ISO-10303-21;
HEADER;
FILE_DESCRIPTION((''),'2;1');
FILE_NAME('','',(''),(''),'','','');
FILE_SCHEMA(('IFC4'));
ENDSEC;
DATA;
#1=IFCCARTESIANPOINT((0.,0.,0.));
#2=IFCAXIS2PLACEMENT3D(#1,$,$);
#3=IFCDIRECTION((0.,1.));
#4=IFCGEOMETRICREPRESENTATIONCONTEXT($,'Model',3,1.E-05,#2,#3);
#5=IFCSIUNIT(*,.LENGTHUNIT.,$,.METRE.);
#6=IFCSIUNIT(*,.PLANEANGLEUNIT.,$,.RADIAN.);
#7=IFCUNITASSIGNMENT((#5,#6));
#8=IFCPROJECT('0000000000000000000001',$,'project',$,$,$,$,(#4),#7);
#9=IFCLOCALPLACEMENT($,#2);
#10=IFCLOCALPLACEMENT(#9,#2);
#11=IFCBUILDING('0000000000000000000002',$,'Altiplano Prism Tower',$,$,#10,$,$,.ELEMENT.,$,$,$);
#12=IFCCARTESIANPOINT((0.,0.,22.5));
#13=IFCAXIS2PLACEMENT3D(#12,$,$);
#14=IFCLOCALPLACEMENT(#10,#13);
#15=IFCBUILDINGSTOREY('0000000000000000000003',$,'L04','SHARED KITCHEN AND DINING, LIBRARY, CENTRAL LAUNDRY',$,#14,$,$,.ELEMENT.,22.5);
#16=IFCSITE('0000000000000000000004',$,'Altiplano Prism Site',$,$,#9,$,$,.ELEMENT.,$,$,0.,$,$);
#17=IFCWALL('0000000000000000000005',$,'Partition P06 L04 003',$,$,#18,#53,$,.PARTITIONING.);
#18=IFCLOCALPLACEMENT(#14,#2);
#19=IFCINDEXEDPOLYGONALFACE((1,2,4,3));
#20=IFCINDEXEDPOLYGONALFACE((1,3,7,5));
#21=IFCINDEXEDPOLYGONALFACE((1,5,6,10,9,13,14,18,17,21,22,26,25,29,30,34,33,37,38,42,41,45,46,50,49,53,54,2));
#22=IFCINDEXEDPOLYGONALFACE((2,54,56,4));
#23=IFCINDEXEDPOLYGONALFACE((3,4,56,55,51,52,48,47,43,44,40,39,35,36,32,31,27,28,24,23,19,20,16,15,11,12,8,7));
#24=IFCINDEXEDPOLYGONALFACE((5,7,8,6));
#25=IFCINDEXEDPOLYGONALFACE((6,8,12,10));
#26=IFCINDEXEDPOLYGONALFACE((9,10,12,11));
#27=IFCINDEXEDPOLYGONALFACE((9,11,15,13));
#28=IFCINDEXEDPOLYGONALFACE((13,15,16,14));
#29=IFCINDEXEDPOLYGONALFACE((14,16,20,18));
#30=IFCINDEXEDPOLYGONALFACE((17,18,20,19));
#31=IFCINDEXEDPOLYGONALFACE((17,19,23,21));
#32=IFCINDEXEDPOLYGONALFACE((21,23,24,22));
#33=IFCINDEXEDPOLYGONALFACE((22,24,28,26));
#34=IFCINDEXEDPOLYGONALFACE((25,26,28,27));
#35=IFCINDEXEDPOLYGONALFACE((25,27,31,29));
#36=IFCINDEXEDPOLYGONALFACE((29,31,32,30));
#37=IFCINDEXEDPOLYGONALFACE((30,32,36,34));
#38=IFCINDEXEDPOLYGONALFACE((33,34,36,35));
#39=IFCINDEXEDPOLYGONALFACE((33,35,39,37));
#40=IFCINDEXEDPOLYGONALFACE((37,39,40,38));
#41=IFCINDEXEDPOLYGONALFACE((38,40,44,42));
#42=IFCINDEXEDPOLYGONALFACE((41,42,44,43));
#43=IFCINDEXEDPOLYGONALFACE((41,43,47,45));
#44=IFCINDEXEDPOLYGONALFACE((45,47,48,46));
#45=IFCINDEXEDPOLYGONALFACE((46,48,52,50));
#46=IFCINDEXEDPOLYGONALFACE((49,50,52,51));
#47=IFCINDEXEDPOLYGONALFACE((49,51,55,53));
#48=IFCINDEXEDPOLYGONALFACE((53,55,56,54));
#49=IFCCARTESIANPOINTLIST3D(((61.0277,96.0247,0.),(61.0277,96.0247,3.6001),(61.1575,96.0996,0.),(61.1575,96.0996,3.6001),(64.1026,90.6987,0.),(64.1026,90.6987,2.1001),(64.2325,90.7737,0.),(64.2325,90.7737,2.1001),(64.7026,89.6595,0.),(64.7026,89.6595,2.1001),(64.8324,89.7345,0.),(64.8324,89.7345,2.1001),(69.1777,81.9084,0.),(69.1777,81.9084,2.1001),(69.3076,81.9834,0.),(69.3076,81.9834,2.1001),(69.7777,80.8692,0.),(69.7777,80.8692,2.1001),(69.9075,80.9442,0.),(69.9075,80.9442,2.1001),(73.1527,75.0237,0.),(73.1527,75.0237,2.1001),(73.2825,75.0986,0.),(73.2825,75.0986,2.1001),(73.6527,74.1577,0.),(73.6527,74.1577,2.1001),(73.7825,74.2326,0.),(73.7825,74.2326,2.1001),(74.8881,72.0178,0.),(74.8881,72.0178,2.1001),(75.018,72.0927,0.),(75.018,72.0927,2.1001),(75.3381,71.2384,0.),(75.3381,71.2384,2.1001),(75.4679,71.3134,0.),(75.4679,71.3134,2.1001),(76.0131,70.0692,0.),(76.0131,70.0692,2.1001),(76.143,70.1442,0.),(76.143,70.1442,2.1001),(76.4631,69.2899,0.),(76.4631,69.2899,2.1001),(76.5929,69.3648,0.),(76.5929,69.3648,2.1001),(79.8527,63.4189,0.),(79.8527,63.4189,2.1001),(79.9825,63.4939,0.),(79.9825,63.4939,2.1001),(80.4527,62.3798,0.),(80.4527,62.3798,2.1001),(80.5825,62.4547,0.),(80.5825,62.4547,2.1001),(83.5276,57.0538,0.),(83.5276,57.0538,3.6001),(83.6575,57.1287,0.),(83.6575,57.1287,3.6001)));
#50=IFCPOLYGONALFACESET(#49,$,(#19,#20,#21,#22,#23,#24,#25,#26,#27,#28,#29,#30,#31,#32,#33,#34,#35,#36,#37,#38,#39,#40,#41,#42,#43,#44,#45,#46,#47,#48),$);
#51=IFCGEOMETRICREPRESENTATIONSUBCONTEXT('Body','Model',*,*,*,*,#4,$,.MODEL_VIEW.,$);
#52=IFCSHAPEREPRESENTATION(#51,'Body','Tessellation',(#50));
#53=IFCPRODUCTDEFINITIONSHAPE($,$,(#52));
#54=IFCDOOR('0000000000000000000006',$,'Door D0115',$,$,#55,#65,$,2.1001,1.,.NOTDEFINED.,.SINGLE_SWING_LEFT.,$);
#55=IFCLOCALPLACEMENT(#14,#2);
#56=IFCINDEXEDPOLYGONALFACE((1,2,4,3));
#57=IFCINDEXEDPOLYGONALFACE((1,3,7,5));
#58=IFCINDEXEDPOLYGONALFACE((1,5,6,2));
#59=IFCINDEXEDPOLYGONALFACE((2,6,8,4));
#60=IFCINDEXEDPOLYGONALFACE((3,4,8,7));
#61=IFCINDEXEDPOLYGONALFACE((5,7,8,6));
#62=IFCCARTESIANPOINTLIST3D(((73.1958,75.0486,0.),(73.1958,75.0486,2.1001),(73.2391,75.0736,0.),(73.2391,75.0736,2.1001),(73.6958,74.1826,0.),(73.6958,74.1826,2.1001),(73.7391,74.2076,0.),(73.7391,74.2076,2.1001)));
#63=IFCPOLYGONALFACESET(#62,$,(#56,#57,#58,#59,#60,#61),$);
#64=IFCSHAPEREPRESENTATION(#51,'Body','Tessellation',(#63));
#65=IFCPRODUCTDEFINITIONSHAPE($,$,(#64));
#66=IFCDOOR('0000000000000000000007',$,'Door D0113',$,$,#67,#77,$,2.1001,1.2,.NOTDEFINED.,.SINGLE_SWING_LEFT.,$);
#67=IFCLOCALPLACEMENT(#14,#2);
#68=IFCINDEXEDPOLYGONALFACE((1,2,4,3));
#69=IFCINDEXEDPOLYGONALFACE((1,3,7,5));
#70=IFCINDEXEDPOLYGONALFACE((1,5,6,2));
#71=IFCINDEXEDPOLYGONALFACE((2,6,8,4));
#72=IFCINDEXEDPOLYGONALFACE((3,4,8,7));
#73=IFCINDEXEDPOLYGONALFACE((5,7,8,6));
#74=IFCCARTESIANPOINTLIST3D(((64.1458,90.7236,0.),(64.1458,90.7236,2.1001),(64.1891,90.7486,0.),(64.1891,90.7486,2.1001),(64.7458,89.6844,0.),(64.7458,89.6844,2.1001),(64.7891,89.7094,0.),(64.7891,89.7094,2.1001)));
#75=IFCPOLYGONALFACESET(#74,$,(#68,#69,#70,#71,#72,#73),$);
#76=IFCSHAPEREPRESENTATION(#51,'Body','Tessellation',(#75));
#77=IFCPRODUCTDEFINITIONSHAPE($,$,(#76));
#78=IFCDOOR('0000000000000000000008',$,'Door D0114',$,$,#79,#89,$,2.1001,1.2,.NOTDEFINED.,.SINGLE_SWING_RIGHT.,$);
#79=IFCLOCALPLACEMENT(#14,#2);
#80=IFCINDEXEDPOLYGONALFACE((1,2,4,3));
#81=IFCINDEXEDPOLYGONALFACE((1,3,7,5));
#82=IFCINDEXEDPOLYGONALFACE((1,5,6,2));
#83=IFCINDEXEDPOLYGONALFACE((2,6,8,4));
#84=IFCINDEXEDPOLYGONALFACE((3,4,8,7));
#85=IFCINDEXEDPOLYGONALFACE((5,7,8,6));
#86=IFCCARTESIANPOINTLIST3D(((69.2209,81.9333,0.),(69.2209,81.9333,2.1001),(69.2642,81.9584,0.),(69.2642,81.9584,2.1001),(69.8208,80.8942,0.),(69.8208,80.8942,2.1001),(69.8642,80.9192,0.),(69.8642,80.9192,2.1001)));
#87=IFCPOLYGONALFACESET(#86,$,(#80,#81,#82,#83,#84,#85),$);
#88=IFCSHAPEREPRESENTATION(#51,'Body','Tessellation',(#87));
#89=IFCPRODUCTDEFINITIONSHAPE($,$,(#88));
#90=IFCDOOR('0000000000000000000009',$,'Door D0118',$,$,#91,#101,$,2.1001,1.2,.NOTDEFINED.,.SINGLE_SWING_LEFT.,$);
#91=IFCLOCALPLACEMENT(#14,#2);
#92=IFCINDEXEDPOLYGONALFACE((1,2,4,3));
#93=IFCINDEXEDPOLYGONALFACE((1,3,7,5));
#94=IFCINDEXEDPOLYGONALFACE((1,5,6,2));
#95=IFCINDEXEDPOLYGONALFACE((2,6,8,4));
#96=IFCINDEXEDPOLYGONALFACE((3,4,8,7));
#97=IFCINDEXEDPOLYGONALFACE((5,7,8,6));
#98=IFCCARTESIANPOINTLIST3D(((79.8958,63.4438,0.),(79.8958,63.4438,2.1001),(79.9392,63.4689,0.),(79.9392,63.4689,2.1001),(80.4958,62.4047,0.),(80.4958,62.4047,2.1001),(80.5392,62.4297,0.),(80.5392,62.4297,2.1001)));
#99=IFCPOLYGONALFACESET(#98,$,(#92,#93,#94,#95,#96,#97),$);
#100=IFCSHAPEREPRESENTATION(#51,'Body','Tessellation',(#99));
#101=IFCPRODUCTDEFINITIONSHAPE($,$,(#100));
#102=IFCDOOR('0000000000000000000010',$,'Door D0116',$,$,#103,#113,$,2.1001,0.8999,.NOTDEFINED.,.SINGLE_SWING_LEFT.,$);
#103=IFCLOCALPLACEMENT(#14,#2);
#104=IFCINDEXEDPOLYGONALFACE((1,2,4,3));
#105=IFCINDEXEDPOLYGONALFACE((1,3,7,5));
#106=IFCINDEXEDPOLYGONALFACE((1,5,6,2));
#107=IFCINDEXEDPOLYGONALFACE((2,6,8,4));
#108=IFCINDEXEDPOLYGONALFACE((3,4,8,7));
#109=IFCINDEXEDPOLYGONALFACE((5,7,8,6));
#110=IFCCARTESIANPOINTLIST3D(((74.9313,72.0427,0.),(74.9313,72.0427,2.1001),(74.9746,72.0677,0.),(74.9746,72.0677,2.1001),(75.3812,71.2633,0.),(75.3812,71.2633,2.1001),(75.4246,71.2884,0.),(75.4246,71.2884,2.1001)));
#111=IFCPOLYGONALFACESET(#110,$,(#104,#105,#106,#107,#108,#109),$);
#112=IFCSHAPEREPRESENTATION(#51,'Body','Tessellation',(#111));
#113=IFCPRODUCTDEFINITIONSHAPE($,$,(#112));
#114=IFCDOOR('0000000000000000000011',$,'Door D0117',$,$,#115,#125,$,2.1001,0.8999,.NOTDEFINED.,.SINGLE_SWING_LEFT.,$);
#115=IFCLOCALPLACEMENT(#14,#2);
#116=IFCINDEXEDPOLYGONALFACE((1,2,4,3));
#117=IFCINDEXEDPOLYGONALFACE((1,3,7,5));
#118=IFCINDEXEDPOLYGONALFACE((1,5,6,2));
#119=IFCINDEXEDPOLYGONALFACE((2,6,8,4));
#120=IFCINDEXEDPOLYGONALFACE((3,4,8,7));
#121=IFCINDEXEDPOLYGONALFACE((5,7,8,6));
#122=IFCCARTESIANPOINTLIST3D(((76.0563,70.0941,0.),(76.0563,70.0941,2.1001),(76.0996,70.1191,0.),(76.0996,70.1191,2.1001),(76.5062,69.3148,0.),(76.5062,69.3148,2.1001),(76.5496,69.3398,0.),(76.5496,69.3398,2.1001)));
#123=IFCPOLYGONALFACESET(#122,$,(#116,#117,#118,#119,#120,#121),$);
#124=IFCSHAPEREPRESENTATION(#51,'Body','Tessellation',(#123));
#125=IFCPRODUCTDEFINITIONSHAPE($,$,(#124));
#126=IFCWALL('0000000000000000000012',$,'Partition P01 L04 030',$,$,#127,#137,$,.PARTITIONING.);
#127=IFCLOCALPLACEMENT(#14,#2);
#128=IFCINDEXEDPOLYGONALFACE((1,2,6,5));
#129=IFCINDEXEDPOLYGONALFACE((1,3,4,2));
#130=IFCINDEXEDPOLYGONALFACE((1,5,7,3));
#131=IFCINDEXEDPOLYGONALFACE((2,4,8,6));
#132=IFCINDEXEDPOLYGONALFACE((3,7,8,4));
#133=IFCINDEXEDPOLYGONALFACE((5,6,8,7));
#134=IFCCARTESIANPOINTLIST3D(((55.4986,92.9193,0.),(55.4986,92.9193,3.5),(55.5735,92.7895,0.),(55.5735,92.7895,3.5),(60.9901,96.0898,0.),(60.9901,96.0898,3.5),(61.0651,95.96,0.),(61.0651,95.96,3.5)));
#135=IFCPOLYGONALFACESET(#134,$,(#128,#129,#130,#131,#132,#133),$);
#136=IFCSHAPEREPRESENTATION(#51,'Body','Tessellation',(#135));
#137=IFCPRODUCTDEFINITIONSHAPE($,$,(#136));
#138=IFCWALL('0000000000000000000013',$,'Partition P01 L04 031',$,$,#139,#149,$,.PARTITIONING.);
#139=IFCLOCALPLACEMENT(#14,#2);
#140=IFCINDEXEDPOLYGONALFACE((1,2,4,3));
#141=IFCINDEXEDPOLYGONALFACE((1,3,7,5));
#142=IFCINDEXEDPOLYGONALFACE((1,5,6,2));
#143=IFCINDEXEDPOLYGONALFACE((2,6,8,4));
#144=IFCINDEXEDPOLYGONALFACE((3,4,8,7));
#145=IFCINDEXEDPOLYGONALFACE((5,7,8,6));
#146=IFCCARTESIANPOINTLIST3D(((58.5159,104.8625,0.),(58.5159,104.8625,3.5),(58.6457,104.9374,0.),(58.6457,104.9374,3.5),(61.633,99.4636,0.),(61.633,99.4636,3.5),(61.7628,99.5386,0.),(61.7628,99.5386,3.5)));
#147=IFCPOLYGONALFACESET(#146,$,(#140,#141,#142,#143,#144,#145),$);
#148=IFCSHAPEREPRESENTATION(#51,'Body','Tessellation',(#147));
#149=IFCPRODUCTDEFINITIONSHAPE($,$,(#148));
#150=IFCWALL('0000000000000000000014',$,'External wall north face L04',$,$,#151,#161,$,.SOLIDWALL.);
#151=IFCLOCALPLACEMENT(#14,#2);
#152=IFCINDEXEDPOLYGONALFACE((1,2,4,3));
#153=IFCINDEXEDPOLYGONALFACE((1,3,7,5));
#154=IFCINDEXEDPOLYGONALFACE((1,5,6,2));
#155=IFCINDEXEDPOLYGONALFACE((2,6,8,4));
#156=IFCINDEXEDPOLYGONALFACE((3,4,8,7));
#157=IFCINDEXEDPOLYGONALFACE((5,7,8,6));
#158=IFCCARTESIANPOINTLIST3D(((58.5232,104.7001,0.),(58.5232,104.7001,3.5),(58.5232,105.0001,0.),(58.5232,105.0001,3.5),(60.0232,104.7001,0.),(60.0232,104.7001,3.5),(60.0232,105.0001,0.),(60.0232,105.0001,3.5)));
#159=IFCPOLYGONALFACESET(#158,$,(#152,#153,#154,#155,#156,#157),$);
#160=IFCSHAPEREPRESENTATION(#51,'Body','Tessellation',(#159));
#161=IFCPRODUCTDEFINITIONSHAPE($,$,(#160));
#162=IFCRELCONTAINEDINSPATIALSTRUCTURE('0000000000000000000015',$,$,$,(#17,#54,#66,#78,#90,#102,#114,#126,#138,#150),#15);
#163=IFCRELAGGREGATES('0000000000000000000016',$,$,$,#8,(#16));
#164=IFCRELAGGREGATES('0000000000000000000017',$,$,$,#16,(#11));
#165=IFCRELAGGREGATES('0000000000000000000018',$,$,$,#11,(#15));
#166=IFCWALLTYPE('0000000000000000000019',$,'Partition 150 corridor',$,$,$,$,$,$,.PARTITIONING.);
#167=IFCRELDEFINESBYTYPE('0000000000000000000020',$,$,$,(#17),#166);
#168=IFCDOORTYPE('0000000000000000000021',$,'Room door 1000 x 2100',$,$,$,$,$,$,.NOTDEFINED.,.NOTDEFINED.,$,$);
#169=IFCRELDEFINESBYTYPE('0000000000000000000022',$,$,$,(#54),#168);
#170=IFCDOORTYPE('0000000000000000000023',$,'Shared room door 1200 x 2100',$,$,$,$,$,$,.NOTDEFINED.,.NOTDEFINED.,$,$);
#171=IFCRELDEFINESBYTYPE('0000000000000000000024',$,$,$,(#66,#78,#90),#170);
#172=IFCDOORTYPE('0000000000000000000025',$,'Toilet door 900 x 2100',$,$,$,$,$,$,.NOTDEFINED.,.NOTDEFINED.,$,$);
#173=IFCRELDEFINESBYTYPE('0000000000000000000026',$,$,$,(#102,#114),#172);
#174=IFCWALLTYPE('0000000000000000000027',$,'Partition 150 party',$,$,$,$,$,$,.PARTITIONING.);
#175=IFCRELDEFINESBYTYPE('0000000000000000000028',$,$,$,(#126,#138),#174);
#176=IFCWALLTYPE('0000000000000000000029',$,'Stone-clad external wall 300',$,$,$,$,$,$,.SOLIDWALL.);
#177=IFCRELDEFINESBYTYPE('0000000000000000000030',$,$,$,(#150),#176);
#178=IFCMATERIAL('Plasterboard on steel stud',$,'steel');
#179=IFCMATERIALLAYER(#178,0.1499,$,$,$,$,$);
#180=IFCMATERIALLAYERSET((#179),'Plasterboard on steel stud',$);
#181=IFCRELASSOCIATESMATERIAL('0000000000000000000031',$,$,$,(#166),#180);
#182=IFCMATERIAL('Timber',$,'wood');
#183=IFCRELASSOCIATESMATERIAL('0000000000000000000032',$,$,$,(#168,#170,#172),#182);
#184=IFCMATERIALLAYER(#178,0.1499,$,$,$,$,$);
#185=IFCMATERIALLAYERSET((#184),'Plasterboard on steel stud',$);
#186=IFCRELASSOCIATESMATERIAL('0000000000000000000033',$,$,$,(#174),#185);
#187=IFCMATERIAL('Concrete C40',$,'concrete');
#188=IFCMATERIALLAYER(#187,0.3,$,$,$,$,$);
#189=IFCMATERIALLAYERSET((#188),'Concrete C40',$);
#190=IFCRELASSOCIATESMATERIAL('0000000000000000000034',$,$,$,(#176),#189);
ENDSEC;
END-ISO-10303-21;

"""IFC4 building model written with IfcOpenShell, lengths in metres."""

from ifc_helpers import new_model, si_unit, direction, frame, frame_2d, origin, place, context, subcontext, project, spatial, rectangle, extrude, material, layer, layer_set, type_object, element, fill, save


model = new_model("IFC4")

# Units and contexts
model_context = context("Model", 3, precision=1e-05, world=origin(), true_north=direction((0.0, 1.0)))
body_context = subcontext(model_context, "Body", "Model", "MODEL_VIEW")
ifc_project = project(units=[si_unit("LENGTHUNIT", "METRE"), si_unit("PLANEANGLEUNIT", "RADIAN")], contexts=[model_context])

# Site, building, storey
site_placement = place(None, origin())
site = spatial("IfcSite", under=ifc_project, at=site_placement, Name="Altiplano Prism Site", CompositionType="ELEMENT", RefElevation=0.0)
building_placement = place(site_placement, origin())
building = spatial("IfcBuilding", under=site, at=building_placement, Name="Altiplano Prism Tower", CompositionType="ELEMENT")
storey_placement = place(building_placement, frame((0.0, 0.0, 22.5)))
storey = spatial("IfcBuildingStorey", under=building, at=storey_placement, Name="L04", Description="SHARED KITCHEN AND DINING, LIBRARY, CENTRAL LAUNDRY", CompositionType="ELEMENT", Elevation=22.5)

# Wall, openings, doors
ifc_material_1 = material(Name="Plasterboard on steel stud", Category="steel")
ifc_layer_1 = layer(ifc_material_1, 0.1499)
ifc_layer_set_1 = layer_set([ifc_layer_1], Name="Plasterboard on steel stud")
wall_type_1 = type_object("IfcWallType", Name="Partition 150 corridor", PredefinedType="PARTITIONING", material=ifc_layer_set_1)
wall_1_placement = place(storey_placement, frame((61.0925, 96.0623, 0.0), z_axis=(0.0, 0.0, 1.0), x_axis=(0.500002, -0.866024, 0.0)))
wall_1 = element("IfcWall", 1, at=wall_1_placement, inside=storey, type_object=wall_type_1, Name="Partition P06 L04 003", PredefinedType="PARTITIONING", context=body_context, shape_type="SweptSolid", body=[
    extrude(rectangle(XDim=44.9998, YDim=0.1499, at=frame_2d((22.5, 0.0))), origin(), (0.0, 0.0, 1.0), 3.6001),
])
opening_1_placement = place(wall_1_placement, frame((6.1499, 0.0, 0.0)))
opening_1 = element("IfcOpeningElement", 2, at=opening_1_placement, cuts=wall_1, PredefinedType="OPENING", context=body_context, shape_type="SweptSolid", body=[
    extrude(rectangle(XDim=1.2, YDim=2.1001, at=frame_2d((0.6001, 1.05))), frame((0.0, 0.0854, 0.0), z_axis=(0.0, -1.0, 0.0), x_axis=(1.0, 0.0, 0.0)), (0.0, 0.0, 1.0), 0.1709),
])
opening_2_placement = place(wall_1_placement, frame((16.3, 0.0, 0.0)))
opening_2 = element("IfcOpeningElement", 3, at=opening_2_placement, cuts=wall_1, PredefinedType="OPENING", context=body_context, shape_type="SweptSolid", body=[
    extrude(rectangle(XDim=1.2, YDim=2.1001, at=frame_2d((0.6001, 1.05))), frame((0.0, 0.0854, 0.0), z_axis=(0.0, -1.0, 0.0), x_axis=(1.0, 0.0, 0.0)), (0.0, 0.0, 1.0), 0.1709),
])
opening_3_placement = place(wall_1_placement, frame((24.25, 0.0, 0.0)))
opening_3 = element("IfcOpeningElement", 4, at=opening_3_placement, cuts=wall_1, PredefinedType="OPENING", context=body_context, shape_type="SweptSolid", body=[
    extrude(rectangle(XDim=1.0, YDim=2.1001, at=frame_2d((0.5, 1.05))), frame((0.0, 0.0854, 0.0), z_axis=(0.0, -1.0, 0.0), x_axis=(1.0, 0.0, 0.0)), (0.0, 0.0, 1.0), 0.1709),
])
opening_4_placement = place(wall_1_placement, frame((27.7209, 0.0, 0.0)))
opening_4 = element("IfcOpeningElement", 5, at=opening_4_placement, cuts=wall_1, PredefinedType="OPENING", context=body_context, shape_type="SweptSolid", body=[
    extrude(rectangle(XDim=0.8999, YDim=2.1001, at=frame_2d((0.45, 1.05))), frame((0.0, 0.0854, 0.0), z_axis=(0.0, -1.0, 0.0), x_axis=(1.0, 0.0, 0.0)), (0.0, 0.0, 1.0), 0.1709),
])
opening_5_placement = place(wall_1_placement, frame((29.9709, 0.0, 0.0)))
opening_5 = element("IfcOpeningElement", 6, at=opening_5_placement, cuts=wall_1, PredefinedType="OPENING", context=body_context, shape_type="SweptSolid", body=[
    extrude(rectangle(XDim=0.8999, YDim=2.1001, at=frame_2d((0.45, 1.05))), frame((0.0, 0.0854, 0.0), z_axis=(0.0, -1.0, 0.0), x_axis=(1.0, 0.0, 0.0)), (0.0, 0.0, 1.0), 0.1709),
])
opening_6_placement = place(wall_1_placement, frame((37.6499, 0.0, 0.0)))
opening_6 = element("IfcOpeningElement", 7, at=opening_6_placement, cuts=wall_1, PredefinedType="OPENING", context=body_context, shape_type="SweptSolid", body=[
    extrude(rectangle(XDim=1.2, YDim=2.1001, at=frame_2d((0.6001, 1.05))), frame((0.0, 0.0854, 0.0), z_axis=(0.0, -1.0, 0.0), x_axis=(1.0, 0.0, 0.0)), (0.0, 0.0, 1.0), 0.1709),
])
ifc_material_2 = material(Name="Timber", Category="wood")
door_type_1 = type_object("IfcDoorType", Name="Room door 1000 x 2100", OperationType="NOTDEFINED", PredefinedType="NOTDEFINED", material=ifc_material_2)
door_1_placement = place(opening_3_placement, origin())
door_1 = element("IfcDoor", 8, at=door_1_placement, inside=storey, type_object=door_type_1, Name="Door D0115", OperationType="SINGLE_SWING_LEFT", OverallHeight=2.1001, OverallWidth=1.0, PredefinedType="NOTDEFINED", context=body_context, shape_type="SweptSolid", body=[
    extrude(rectangle(XDim=1.0, YDim=2.1001, at=frame_2d((0.5, 1.05))), frame((0.0, 0.0249, 0.0), z_axis=(0.0, -1.0, 0.0), x_axis=(1.0, 0.0, 0.0)), (0.0, 0.0, 1.0), 0.05),
])
fill(opening_3, door_1)
door_type_2 = type_object("IfcDoorType", Name="Shared room door 1200 x 2100", OperationType="NOTDEFINED", PredefinedType="NOTDEFINED", material=ifc_material_2)
door_2_placement = place(opening_1_placement, origin())
door_2 = element("IfcDoor", 9, at=door_2_placement, inside=storey, type_object=door_type_2, Name="Door D0113", OperationType="SINGLE_SWING_LEFT", OverallHeight=2.1001, OverallWidth=1.2, PredefinedType="NOTDEFINED", context=body_context, shape_type="SweptSolid", body=[
    extrude(rectangle(XDim=1.2, YDim=2.1001, at=frame_2d((0.6001, 1.05))), frame((0.0, 0.0249, 0.0), z_axis=(0.0, -1.0, 0.0), x_axis=(1.0, 0.0, 0.0)), (0.0, 0.0, 1.0), 0.05),
])
fill(opening_1, door_2)
door_3_placement = place(opening_2_placement, origin())
door_3 = element("IfcDoor", 10, at=door_3_placement, inside=storey, type_object=door_type_2, Name="Door D0114", OperationType="SINGLE_SWING_RIGHT", OverallHeight=2.1001, OverallWidth=1.2, PredefinedType="NOTDEFINED", context=body_context, shape_type="SweptSolid", body=[
    extrude(rectangle(XDim=1.2, YDim=2.1001, at=frame_2d((0.6001, 1.05))), frame((0.0, 0.0249, 0.0), z_axis=(0.0, -1.0, 0.0), x_axis=(1.0, 0.0, 0.0)), (0.0, 0.0, 1.0), 0.05),
])
fill(opening_2, door_3)
door_4_placement = place(opening_6_placement, origin())
door_4 = element("IfcDoor", 11, at=door_4_placement, inside=storey, type_object=door_type_2, Name="Door D0118", OperationType="SINGLE_SWING_LEFT", OverallHeight=2.1001, OverallWidth=1.2, PredefinedType="NOTDEFINED", context=body_context, shape_type="SweptSolid", body=[
    extrude(rectangle(XDim=1.2, YDim=2.1001, at=frame_2d((0.6001, 1.05))), frame((0.0, 0.0249, 0.0), z_axis=(0.0, -1.0, 0.0), x_axis=(1.0, 0.0, 0.0)), (0.0, 0.0, 1.0), 0.05),
])
fill(opening_6, door_4)
door_type_3 = type_object("IfcDoorType", Name="Toilet door 900 x 2100", OperationType="NOTDEFINED", PredefinedType="NOTDEFINED", material=ifc_material_2)
door_5_placement = place(opening_4_placement, origin())
door_5 = element("IfcDoor", 12, at=door_5_placement, inside=storey, type_object=door_type_3, Name="Door D0116", OperationType="SINGLE_SWING_LEFT", OverallHeight=2.1001, OverallWidth=0.8999, PredefinedType="NOTDEFINED", context=body_context, shape_type="SweptSolid", body=[
    extrude(rectangle(XDim=0.8999, YDim=2.1001, at=frame_2d((0.45, 1.05))), frame((0.0, 0.0249, 0.0), z_axis=(0.0, -1.0, 0.0), x_axis=(1.0, 0.0, 0.0)), (0.0, 0.0, 1.0), 0.05),
])
fill(opening_4, door_5)
door_6_placement = place(opening_5_placement, origin())
door_6 = element("IfcDoor", 13, at=door_6_placement, inside=storey, type_object=door_type_3, Name="Door D0117", OperationType="SINGLE_SWING_LEFT", OverallHeight=2.1001, OverallWidth=0.8999, PredefinedType="NOTDEFINED", context=body_context, shape_type="SweptSolid", body=[
    extrude(rectangle(XDim=0.8999, YDim=2.1001, at=frame_2d((0.45, 1.05))), frame((0.0, 0.0249, 0.0), z_axis=(0.0, -1.0, 0.0), x_axis=(1.0, 0.0, 0.0)), (0.0, 0.0, 1.0), 0.05),
])
fill(opening_5, door_6)

# Walls
ifc_layer_2 = layer(ifc_material_1, 0.1499)
ifc_layer_set_2 = layer_set([ifc_layer_2], Name="Plasterboard on steel stud")
wall_type_2 = type_object("IfcWallType", Name="Partition 150 party", PredefinedType="PARTITIONING", material=ifc_layer_set_2)
wall_2_placement = place(storey_placement, frame((55.5361, 92.8545, 0.0), z_axis=(0.0, 0.0, 1.0), x_axis=(0.866031, 0.49999, 0.0)))
element("IfcWall", 14, at=wall_2_placement, inside=storey, type_object=wall_type_2, Name="Partition P01 L04 030", PredefinedType="PARTITIONING", context=body_context, shape_type="SweptSolid", body=[
    extrude(rectangle(XDim=6.3411, YDim=0.1499, at=frame_2d((3.1704, 0.0))), origin(), (0.0, 0.0, 1.0), 3.5),
])
wall_3_placement = place(storey_placement, frame((61.698, 99.501, 0.0), z_axis=(0.0, 0.0, 1.0), x_axis=(-0.500014, 0.866017, 0.0)))
element("IfcWall", 15, at=wall_3_placement, inside=storey, type_object=wall_type_2, Name="Partition P01 L04 031", PredefinedType="PARTITIONING", context=body_context, shape_type="SweptSolid", body=[
    extrude(rectangle(XDim=6.2341, YDim=0.1499, at=frame_2d((3.1172, 0.0))), origin(), (0.0, 0.0, 1.0), 3.5),
])
ifc_material_3 = material(Name="Concrete C40", Category="concrete")
ifc_layer_3 = layer(ifc_material_3, 0.3)
ifc_layer_set_3 = layer_set([ifc_layer_3], Name="Concrete C40")
wall_type_3 = type_object("IfcWallType", Name="Stone-clad external wall 300", PredefinedType="SOLIDWALL", material=ifc_layer_set_3)
wall_4_placement = place(storey_placement, frame((58.5232, 104.8501, 0.0), z_axis=(0.0, 0.0, 1.0), x_axis=(1.0, 0.0, 0.0)))
element("IfcWall", 16, at=wall_4_placement, inside=storey, type_object=wall_type_3, Name="External wall north face L04", PredefinedType="SOLIDWALL", context=body_context, shape_type="SweptSolid", body=[
    extrude(rectangle(XDim=1.5, YDim=0.3, at=frame_2d((0.75, 0.0))), origin(), (0.0, 0.0, 1.0), 3.5),
])

save(model, "model.ifc")
